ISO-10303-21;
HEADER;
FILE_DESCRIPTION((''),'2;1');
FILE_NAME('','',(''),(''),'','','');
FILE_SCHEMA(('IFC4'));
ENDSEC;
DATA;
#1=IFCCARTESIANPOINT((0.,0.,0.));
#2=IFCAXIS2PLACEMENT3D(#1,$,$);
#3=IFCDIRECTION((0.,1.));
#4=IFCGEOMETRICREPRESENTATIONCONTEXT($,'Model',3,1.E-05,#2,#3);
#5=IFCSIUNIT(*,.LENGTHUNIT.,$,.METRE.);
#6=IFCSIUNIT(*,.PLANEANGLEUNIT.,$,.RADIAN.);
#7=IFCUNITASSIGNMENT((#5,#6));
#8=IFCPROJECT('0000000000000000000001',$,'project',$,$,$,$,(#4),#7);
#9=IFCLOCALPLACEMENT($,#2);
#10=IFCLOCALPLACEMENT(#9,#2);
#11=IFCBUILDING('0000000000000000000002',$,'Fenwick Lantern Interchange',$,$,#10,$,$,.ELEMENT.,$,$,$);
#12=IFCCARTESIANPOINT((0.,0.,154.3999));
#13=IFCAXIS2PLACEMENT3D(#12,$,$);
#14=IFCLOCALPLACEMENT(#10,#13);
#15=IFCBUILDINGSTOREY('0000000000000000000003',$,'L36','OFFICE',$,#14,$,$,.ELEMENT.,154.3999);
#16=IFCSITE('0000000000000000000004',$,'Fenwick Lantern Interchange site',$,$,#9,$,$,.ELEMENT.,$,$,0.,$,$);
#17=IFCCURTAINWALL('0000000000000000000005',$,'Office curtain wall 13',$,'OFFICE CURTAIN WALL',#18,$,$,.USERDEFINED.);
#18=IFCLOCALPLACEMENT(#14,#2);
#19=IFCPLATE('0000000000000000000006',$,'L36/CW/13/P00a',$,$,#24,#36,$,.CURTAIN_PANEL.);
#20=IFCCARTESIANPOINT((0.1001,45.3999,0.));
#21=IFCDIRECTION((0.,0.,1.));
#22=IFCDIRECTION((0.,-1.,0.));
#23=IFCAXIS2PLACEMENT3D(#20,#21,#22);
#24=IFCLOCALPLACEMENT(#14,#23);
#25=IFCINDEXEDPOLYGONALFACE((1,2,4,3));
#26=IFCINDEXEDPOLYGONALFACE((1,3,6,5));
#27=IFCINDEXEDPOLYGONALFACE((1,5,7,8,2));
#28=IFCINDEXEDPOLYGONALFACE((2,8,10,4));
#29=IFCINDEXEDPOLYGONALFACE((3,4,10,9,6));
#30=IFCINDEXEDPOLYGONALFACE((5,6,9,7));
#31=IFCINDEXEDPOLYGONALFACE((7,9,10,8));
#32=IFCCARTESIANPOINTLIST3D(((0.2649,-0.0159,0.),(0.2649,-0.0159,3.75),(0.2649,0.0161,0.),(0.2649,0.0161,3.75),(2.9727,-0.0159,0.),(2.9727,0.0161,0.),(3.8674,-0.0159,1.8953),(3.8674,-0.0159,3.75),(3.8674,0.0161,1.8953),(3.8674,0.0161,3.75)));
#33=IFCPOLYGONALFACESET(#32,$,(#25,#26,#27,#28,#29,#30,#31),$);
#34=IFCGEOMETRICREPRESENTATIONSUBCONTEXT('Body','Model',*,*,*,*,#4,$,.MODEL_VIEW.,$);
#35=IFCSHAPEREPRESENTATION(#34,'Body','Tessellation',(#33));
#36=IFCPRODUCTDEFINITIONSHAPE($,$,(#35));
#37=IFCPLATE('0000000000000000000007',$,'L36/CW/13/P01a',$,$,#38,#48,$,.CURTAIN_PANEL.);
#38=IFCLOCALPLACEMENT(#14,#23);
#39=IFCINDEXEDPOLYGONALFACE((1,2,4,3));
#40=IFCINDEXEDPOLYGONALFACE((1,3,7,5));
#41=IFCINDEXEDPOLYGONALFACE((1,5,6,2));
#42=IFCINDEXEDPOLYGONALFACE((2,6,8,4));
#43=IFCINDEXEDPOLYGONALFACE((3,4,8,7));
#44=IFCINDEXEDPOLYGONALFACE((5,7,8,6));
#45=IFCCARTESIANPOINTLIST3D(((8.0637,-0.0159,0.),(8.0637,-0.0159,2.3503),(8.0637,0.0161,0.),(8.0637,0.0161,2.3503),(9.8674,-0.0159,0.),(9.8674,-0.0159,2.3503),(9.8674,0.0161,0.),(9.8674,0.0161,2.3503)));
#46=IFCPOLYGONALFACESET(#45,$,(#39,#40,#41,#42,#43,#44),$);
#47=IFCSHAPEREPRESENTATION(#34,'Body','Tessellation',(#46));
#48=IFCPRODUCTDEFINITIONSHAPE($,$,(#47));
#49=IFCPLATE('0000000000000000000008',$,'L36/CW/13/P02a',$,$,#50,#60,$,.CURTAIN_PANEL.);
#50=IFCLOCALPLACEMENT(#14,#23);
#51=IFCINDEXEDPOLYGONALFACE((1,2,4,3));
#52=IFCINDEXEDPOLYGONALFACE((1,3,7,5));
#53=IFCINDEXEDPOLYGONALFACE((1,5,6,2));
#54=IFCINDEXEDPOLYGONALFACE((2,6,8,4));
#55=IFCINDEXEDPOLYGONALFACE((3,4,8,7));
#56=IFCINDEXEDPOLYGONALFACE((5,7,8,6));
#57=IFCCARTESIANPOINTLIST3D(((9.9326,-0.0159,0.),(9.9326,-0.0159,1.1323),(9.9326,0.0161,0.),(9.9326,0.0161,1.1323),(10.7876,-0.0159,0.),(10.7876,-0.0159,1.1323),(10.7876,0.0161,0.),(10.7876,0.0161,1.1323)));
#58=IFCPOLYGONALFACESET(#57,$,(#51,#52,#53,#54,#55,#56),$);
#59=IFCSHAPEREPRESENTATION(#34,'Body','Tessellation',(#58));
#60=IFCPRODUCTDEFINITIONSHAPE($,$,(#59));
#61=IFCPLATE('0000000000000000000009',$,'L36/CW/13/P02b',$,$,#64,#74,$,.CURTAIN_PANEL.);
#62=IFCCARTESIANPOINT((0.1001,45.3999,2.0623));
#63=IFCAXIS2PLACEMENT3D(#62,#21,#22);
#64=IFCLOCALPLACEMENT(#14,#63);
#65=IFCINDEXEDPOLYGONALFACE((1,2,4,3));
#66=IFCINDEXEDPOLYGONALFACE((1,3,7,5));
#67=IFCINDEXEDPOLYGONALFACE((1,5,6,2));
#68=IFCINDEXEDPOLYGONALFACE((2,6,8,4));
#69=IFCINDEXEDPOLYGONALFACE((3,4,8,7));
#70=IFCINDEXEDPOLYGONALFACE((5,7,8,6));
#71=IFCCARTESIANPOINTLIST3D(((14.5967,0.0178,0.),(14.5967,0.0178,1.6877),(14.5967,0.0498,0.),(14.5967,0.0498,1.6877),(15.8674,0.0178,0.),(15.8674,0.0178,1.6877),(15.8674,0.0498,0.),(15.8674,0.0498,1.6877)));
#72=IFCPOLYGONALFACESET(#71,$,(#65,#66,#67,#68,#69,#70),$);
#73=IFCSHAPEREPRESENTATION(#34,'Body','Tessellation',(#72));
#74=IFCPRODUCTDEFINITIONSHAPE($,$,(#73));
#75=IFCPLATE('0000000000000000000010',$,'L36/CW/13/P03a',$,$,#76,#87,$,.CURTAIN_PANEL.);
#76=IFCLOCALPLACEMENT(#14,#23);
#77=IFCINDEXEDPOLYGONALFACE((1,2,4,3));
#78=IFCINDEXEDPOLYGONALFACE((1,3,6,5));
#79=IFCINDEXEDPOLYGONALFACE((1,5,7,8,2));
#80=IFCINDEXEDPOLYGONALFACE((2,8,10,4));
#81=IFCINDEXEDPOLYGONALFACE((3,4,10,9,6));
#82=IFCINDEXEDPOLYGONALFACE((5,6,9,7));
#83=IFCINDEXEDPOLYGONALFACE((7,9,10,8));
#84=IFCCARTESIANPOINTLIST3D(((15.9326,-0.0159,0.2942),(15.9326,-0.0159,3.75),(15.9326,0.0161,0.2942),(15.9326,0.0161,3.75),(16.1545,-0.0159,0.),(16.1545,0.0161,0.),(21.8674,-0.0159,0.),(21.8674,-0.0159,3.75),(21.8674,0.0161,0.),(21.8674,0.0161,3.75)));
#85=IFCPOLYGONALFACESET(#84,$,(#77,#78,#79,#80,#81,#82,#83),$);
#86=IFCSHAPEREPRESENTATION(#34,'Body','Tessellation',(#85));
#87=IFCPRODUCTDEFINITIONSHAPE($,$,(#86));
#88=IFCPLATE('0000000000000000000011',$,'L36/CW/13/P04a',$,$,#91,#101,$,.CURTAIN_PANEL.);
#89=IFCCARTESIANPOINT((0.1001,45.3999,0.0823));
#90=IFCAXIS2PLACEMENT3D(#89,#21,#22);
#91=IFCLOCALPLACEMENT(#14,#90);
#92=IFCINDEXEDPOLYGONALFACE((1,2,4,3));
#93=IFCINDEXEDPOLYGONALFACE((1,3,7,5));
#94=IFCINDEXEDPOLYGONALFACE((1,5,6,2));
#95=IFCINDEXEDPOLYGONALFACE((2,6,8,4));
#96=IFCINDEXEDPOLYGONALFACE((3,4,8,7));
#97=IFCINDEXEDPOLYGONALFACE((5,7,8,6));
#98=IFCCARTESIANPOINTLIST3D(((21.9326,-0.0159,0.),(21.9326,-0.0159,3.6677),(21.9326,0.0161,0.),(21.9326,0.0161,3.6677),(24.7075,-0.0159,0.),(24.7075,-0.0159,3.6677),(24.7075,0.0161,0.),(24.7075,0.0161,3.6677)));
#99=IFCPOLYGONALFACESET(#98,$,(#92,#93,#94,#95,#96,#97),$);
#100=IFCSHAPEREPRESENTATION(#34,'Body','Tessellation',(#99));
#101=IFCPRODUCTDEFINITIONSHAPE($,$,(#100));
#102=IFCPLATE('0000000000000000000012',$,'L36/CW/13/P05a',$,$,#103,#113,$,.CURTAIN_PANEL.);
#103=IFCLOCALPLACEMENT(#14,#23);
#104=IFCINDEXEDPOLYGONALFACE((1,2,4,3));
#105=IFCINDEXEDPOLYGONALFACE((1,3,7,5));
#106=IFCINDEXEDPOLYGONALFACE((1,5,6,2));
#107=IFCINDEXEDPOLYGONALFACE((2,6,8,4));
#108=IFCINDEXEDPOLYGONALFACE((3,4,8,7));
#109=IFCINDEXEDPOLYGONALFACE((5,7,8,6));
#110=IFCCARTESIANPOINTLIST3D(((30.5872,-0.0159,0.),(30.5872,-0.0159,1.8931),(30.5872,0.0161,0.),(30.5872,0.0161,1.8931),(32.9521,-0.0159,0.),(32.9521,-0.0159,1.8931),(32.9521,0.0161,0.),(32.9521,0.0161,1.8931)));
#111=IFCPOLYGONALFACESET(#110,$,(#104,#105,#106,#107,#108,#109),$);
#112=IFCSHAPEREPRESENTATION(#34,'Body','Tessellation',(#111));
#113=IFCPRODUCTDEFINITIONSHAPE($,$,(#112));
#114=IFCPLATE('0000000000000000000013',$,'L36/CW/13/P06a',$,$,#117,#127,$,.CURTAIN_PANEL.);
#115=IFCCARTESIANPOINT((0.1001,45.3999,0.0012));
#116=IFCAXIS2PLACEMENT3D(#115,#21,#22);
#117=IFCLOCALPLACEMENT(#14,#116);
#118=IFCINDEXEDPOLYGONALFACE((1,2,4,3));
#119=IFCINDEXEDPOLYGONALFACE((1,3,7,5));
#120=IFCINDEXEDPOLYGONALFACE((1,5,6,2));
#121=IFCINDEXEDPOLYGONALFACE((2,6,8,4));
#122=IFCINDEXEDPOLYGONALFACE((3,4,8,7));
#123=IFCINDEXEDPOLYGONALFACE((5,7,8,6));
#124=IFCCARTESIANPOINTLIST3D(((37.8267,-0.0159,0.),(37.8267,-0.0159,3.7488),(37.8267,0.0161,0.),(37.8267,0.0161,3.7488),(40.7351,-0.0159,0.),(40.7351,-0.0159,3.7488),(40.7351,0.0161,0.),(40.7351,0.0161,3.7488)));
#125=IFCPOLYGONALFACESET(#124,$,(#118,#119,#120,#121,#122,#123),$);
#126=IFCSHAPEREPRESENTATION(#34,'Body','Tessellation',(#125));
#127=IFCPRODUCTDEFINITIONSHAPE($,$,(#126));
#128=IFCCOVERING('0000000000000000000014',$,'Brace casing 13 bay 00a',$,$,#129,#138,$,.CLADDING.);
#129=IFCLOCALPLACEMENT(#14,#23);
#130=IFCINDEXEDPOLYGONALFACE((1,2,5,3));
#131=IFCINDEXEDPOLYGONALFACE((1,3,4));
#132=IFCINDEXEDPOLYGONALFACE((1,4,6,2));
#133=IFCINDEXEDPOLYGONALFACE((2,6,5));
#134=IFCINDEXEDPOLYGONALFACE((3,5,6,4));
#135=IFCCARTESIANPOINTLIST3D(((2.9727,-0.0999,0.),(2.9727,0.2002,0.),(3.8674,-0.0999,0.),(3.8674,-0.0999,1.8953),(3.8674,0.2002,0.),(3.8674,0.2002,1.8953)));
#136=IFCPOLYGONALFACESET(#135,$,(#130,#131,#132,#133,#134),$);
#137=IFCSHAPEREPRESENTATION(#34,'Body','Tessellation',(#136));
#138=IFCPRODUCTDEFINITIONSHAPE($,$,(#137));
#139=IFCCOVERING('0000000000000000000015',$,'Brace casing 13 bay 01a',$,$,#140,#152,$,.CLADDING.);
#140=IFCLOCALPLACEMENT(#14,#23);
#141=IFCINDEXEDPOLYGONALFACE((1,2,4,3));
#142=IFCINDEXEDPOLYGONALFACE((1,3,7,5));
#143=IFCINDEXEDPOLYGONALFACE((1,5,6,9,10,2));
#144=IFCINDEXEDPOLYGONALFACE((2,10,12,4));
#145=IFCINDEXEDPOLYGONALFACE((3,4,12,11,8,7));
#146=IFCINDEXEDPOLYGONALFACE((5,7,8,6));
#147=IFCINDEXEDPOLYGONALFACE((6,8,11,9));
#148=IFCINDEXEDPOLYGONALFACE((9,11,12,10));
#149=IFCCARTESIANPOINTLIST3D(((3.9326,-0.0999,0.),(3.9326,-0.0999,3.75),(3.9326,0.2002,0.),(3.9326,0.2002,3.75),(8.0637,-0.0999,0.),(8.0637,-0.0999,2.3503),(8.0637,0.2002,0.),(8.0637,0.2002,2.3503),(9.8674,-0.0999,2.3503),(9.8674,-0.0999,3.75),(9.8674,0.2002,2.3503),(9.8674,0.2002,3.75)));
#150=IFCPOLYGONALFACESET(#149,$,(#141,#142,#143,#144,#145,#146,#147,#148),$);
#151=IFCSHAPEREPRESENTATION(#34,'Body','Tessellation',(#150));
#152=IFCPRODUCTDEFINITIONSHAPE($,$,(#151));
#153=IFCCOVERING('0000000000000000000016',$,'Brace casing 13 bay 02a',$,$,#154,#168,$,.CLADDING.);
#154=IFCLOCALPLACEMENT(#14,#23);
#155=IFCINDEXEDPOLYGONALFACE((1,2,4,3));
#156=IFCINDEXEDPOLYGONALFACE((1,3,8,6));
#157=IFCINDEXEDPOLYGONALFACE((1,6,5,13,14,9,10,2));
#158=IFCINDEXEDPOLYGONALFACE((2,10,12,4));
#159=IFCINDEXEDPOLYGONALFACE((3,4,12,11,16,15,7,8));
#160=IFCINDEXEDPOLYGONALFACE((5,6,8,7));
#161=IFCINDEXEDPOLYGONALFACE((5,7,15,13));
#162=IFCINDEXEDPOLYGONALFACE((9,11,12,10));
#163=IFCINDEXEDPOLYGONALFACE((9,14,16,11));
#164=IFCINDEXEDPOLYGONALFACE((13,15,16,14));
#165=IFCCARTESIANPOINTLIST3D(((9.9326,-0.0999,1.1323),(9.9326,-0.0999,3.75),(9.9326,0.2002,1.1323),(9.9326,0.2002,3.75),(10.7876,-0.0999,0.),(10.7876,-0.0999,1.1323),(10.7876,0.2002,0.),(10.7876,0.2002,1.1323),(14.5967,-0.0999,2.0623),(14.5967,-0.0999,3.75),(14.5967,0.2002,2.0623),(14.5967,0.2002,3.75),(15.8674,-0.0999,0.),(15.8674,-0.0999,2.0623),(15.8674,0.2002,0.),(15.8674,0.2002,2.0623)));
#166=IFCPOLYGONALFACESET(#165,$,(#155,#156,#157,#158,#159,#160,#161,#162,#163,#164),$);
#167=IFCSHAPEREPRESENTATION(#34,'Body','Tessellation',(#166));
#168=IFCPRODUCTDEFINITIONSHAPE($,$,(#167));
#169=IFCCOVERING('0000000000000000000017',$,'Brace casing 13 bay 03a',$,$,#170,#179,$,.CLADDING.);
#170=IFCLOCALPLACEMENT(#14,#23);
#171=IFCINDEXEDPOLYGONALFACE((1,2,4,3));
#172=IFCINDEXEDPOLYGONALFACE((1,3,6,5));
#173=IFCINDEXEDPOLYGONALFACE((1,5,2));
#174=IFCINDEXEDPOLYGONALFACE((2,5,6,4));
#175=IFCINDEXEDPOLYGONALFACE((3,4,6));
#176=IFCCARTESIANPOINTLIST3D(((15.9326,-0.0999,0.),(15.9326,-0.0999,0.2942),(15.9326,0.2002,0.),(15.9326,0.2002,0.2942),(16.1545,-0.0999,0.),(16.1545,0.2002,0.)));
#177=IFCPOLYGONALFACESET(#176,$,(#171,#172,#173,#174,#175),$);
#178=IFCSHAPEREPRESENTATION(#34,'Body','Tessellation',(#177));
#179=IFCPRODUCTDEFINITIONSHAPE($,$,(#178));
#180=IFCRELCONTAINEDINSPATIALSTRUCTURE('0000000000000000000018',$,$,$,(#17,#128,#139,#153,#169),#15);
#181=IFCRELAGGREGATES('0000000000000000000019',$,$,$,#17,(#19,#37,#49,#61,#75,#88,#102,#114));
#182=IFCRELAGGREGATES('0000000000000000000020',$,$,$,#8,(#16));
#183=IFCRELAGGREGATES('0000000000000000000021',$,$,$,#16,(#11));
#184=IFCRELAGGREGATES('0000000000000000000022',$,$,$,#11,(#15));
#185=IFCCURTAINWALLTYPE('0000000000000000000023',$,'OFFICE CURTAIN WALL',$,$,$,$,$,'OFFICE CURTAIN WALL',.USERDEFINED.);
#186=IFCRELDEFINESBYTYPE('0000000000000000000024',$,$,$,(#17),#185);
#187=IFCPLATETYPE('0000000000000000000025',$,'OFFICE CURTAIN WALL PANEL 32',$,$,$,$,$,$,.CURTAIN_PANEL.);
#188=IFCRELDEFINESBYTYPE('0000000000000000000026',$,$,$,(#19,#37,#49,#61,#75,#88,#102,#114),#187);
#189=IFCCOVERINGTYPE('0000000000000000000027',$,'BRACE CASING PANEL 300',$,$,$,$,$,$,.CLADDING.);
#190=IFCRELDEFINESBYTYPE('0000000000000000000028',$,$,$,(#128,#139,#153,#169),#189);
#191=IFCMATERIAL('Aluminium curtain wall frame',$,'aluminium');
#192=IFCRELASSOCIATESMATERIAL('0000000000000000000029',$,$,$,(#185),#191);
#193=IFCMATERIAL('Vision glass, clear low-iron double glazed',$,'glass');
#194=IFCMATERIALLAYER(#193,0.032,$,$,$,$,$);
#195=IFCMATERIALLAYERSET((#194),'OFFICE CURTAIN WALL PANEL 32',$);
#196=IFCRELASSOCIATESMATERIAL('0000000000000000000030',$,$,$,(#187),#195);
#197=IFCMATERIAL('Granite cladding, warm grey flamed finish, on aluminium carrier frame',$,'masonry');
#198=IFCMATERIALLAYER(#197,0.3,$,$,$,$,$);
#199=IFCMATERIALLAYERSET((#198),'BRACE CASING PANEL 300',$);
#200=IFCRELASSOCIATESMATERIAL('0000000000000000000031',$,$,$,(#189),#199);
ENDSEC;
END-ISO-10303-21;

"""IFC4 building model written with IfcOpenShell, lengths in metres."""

from ifc_helpers import new_model, si_unit, direction, frame, origin, place, context, subcontext, project, spatial, polyline, outline, extrude, material, layer, layer_set, type_object, element, aggregate, save


model = new_model("IFC4")

# Units and contexts
model_context = context("Model", 3, precision=1e-05, world=origin(), true_north=direction((0.0, 1.0)))
body_context = subcontext(model_context, "Body", "Model", "MODEL_VIEW")
ifc_project = project(units=[si_unit("LENGTHUNIT", "METRE"), si_unit("PLANEANGLEUNIT", "RADIAN")], contexts=[model_context])

# Site, building, storey
site_placement = place(None, origin())
site = spatial("IfcSite", under=ifc_project, at=site_placement, Name="Fenwick Lantern Interchange site", CompositionType="ELEMENT", RefElevation=0.0)
building_placement = place(site_placement, origin())
building = spatial("IfcBuilding", under=site, at=building_placement, Name="Fenwick Lantern Interchange", CompositionType="ELEMENT")
storey_placement = place(building_placement, frame((0.0, 0.0, 154.3999)))
storey = spatial("IfcBuildingStorey", under=building, at=storey_placement, Name="L36", Description="OFFICE", CompositionType="ELEMENT", Elevation=154.3999)

# Shared definitions
ifc_material_1 = material(Name="Aluminium curtain wall frame", Category="aluminium")
curtain_wall_type = type_object("IfcCurtainWallType", Name="OFFICE CURTAIN WALL", ElementType="OFFICE CURTAIN WALL", PredefinedType="USERDEFINED", material=ifc_material_1)

# Curtain wall
curtain_wall_1_placement = place(storey_placement, origin())
curtain_wall_1 = element("IfcCurtainWall", 1, at=curtain_wall_1_placement, inside=storey, type_object=curtain_wall_type, Name="Office curtain wall 13", ObjectType="OFFICE CURTAIN WALL", PredefinedType="USERDEFINED")

# Plates
ifc_material_2 = material(Name="Vision glass, clear low-iron double glazed", Category="glass")
ifc_layer_1 = layer(ifc_material_2, 0.032)
ifc_layer_set_1 = layer_set([ifc_layer_1], Name="OFFICE CURTAIN WALL PANEL 32")
plate_type = type_object("IfcPlateType", Name="OFFICE CURTAIN WALL PANEL 32", PredefinedType="CURTAIN_PANEL", material=ifc_layer_set_1)
plate_1_placement = place(storey_placement, frame((0.1001, 45.3999, 0.0), z_axis=(0.0, 0.0, 1.0), x_axis=(0.0, -1.0, 0.0)))
plate_1 = element("IfcPlate", 2, at=plate_1_placement, type_object=plate_type, Name="L36/CW/13/P00a", PredefinedType="CURTAIN_PANEL", context=body_context, shape_type="SweptSolid", body=[
    extrude(outline(polyline([(0.2649, 0.0), (2.9727, 0.0), (3.8674, 1.8953), (3.8674, 3.75), (0.2649, 3.75), (0.2649, 0.0)])), frame((0.0, 0.0161, 0.0), z_axis=(0.0, -1.0, 0.0), x_axis=(1.0, 0.0, 0.0)), (0.0, 0.0, 1.0), 0.032),
])
plate_2_placement = place(storey_placement, frame((0.1001, 45.3999, 0.0), z_axis=(0.0, 0.0, 1.0), x_axis=(0.0, -1.0, 0.0)))
plate_2 = element("IfcPlate", 3, at=plate_2_placement, type_object=plate_type, Name="L36/CW/13/P01a", PredefinedType="CURTAIN_PANEL", context=body_context, shape_type="SweptSolid", body=[
    extrude(outline(polyline([(8.0637, 0.0), (9.8674, 0.0), (9.8674, 2.3503), (8.0637, 2.3503), (8.0637, 0.0)])), frame((0.0, 0.0161, 0.0), z_axis=(0.0, -1.0, 0.0), x_axis=(1.0, 0.0, 0.0)), (0.0, 0.0, 1.0), 0.032),
])
plate_3_placement = place(storey_placement, frame((0.1001, 45.3999, 0.0), z_axis=(0.0, 0.0, 1.0), x_axis=(0.0, -1.0, 0.0)))
plate_3 = element("IfcPlate", 4, at=plate_3_placement, type_object=plate_type, Name="L36/CW/13/P02a", PredefinedType="CURTAIN_PANEL", context=body_context, shape_type="SweptSolid", body=[
    extrude(outline(polyline([(9.9326, 0.0), (10.7876, 0.0), (10.7876, 1.1323), (9.9326, 1.1323), (9.9326, 0.0)])), frame((0.0, 0.0161, 0.0), z_axis=(0.0, -1.0, 0.0), x_axis=(1.0, 0.0, 0.0)), (0.0, 0.0, 1.0), 0.032),
])
plate_4_placement = place(storey_placement, frame((0.1001, 45.3999, 2.0623), z_axis=(0.0, 0.0, 1.0), x_axis=(0.0, -1.0, 0.0)))
plate_4 = element("IfcPlate", 5, at=plate_4_placement, type_object=plate_type, Name="L36/CW/13/P02b", PredefinedType="CURTAIN_PANEL", context=body_context, shape_type="SweptSolid", body=[
    extrude(outline(polyline([(14.5967, 0.0), (15.8674, 0.0), (15.8674, 1.6877), (14.5967, 1.6877), (14.5967, 0.0)])), frame((0.0, 0.0498, 0.0), z_axis=(0.0, -1.0, 0.0), x_axis=(1.0, 0.0, 0.0)), (0.0, 0.0, 1.0), 0.032),
])
plate_5_placement = place(storey_placement, frame((0.1001, 45.3999, 0.0), z_axis=(0.0, 0.0, 1.0), x_axis=(0.0, -1.0, 0.0)))
plate_5 = element("IfcPlate", 6, at=plate_5_placement, type_object=plate_type, Name="L36/CW/13/P03a", PredefinedType="CURTAIN_PANEL", context=body_context, shape_type="SweptSolid", body=[
    extrude(outline(polyline([(16.1545, 0.0), (21.8674, 0.0), (21.8674, 3.75), (15.9326, 3.75), (15.9326, 0.2942), (16.1545, 0.0)])), frame((0.0, 0.0161, 0.0), z_axis=(0.0, -1.0, 0.0), x_axis=(1.0, 0.0, 0.0)), (0.0, 0.0, 1.0), 0.032),
])
plate_6_placement = place(storey_placement, frame((0.1001, 45.3999, 0.0823), z_axis=(0.0, 0.0, 1.0), x_axis=(0.0, -1.0, 0.0)))
plate_6 = element("IfcPlate", 7, at=plate_6_placement, type_object=plate_type, Name="L36/CW/13/P04a", PredefinedType="CURTAIN_PANEL", context=body_context, shape_type="SweptSolid", body=[
    extrude(outline(polyline([(21.9326, 0.0), (24.7075, 0.0), (24.7075, 3.6677), (21.9326, 3.6677), (21.9326, 0.0)])), frame((0.0, 0.0161, 0.0), z_axis=(0.0, -1.0, 0.0), x_axis=(1.0, 0.0, 0.0)), (0.0, 0.0, 1.0), 0.032),
])
plate_7_placement = place(storey_placement, frame((0.1001, 45.3999, 0.0), z_axis=(0.0, 0.0, 1.0), x_axis=(0.0, -1.0, 0.0)))
plate_7 = element("IfcPlate", 8, at=plate_7_placement, type_object=plate_type, Name="L36/CW/13/P05a", PredefinedType="CURTAIN_PANEL", context=body_context, shape_type="SweptSolid", body=[
    extrude(outline(polyline([(30.5872, 0.0), (32.9521, 0.0), (32.9521, 1.8931), (30.5872, 1.8931), (30.5872, 0.0)])), frame((0.0, 0.0161, 0.0), z_axis=(0.0, -1.0, 0.0), x_axis=(1.0, 0.0, 0.0)), (0.0, 0.0, 1.0), 0.032),
])
plate_8_placement = place(storey_placement, frame((0.1001, 45.3999, 0.0012), z_axis=(0.0, 0.0, 1.0), x_axis=(0.0, -1.0, 0.0)))
plate_8 = element("IfcPlate", 9, at=plate_8_placement, type_object=plate_type, Name="L36/CW/13/P06a", PredefinedType="CURTAIN_PANEL", context=body_context, shape_type="SweptSolid", body=[
    extrude(outline(polyline([(37.8267, 0.0), (40.7351, 0.0), (40.7351, 3.7488), (37.8267, 3.7488), (37.8267, 0.0)])), frame((0.0, 0.0161, 0.0), z_axis=(0.0, -1.0, 0.0), x_axis=(1.0, 0.0, 0.0)), (0.0, 0.0, 1.0), 0.032),
])
aggregate(curtain_wall_1, [plate_1, plate_2, plate_3, plate_4, plate_5, plate_6, plate_7, plate_8])

# Coverings
ifc_material_3 = material(Name="Granite cladding, warm grey flamed finish, on aluminium carrier frame", Category="masonry")
ifc_layer_2 = layer(ifc_material_3, 0.3)
ifc_layer_set_2 = layer_set([ifc_layer_2], Name="BRACE CASING PANEL 300")
covering_type = type_object("IfcCoveringType", Name="BRACE CASING PANEL 300", PredefinedType="CLADDING", material=ifc_layer_set_2)
covering_1_placement = place(storey_placement, frame((0.1001, 45.3999, 0.0), z_axis=(0.0, 0.0, 1.0), x_axis=(0.0, -1.0, 0.0)))
element("IfcCovering", 10, at=covering_1_placement, inside=storey, type_object=covering_type, Name="Brace casing 13 bay 00a", PredefinedType="CLADDING", context=body_context, shape_type="SweptSolid", body=[
    extrude(outline(polyline([(2.9727, 0.0), (3.8674, 0.0), (3.8674, 1.8953), (2.9727, 0.0)])), frame((0.0, 0.2002, 0.0), z_axis=(0.0, -1.0, 0.0), x_axis=(1.0, 0.0, 0.0)), (0.0, 0.0, 1.0), 0.3),
])
covering_2_placement = place(storey_placement, frame((0.1001, 45.3999, 0.0), z_axis=(0.0, 0.0, 1.0), x_axis=(0.0, -1.0, 0.0)))
element("IfcCovering", 11, at=covering_2_placement, inside=storey, type_object=covering_type, Name="Brace casing 13 bay 01a", PredefinedType="CLADDING", context=body_context, shape_type="SweptSolid", body=[
    extrude(outline(polyline([(3.9326, 0.0), (8.0637, 0.0), (8.0637, 2.3503), (9.8674, 2.3503), (9.8674, 3.75), (3.9326, 3.75), (3.9326, 0.0)])), frame((0.0, 0.2002, 0.0), z_axis=(0.0, -1.0, 0.0), x_axis=(1.0, 0.0, 0.0)), (0.0, 0.0, 1.0), 0.3),
])
covering_3_placement = place(storey_placement, frame((0.1001, 45.3999, 0.0), z_axis=(0.0, 0.0, 1.0), x_axis=(0.0, -1.0, 0.0)))
element("IfcCovering", 12, at=covering_3_placement, inside=storey, type_object=covering_type, Name="Brace casing 13 bay 02a", PredefinedType="CLADDING", context=body_context, shape_type="SweptSolid", body=[
    extrude(outline(polyline([(10.7876, 0.0), (15.8674, 0.0), (15.8674, 2.0623), (14.5967, 2.0623), (14.5967, 3.75), (9.9326, 3.75), (9.9326, 1.1323), (10.7876, 1.1323), (10.7876, 0.0)])), frame((0.0, 0.2002, 0.0), z_axis=(0.0, -1.0, 0.0), x_axis=(1.0, 0.0, 0.0)), (0.0, 0.0, 1.0), 0.3),
])
covering_4_placement = place(storey_placement, frame((0.1001, 45.3999, 0.0), z_axis=(0.0, 0.0, 1.0), x_axis=(0.0, -1.0, 0.0)))
element("IfcCovering", 13, at=covering_4_placement, inside=storey, type_object=covering_type, Name="Brace casing 13 bay 03a", PredefinedType="CLADDING", context=body_context, shape_type="SweptSolid", body=[
    extrude(outline(polyline([(15.9326, 0.0), (16.1545, 0.0), (15.9326, 0.2942), (15.9326, 0.0)])), frame((0.0, 0.2002, 0.0), z_axis=(0.0, -1.0, 0.0), x_axis=(1.0, 0.0, 0.0)), (0.0, 0.0, 1.0), 0.3),
])

save(model, "model.ifc")
